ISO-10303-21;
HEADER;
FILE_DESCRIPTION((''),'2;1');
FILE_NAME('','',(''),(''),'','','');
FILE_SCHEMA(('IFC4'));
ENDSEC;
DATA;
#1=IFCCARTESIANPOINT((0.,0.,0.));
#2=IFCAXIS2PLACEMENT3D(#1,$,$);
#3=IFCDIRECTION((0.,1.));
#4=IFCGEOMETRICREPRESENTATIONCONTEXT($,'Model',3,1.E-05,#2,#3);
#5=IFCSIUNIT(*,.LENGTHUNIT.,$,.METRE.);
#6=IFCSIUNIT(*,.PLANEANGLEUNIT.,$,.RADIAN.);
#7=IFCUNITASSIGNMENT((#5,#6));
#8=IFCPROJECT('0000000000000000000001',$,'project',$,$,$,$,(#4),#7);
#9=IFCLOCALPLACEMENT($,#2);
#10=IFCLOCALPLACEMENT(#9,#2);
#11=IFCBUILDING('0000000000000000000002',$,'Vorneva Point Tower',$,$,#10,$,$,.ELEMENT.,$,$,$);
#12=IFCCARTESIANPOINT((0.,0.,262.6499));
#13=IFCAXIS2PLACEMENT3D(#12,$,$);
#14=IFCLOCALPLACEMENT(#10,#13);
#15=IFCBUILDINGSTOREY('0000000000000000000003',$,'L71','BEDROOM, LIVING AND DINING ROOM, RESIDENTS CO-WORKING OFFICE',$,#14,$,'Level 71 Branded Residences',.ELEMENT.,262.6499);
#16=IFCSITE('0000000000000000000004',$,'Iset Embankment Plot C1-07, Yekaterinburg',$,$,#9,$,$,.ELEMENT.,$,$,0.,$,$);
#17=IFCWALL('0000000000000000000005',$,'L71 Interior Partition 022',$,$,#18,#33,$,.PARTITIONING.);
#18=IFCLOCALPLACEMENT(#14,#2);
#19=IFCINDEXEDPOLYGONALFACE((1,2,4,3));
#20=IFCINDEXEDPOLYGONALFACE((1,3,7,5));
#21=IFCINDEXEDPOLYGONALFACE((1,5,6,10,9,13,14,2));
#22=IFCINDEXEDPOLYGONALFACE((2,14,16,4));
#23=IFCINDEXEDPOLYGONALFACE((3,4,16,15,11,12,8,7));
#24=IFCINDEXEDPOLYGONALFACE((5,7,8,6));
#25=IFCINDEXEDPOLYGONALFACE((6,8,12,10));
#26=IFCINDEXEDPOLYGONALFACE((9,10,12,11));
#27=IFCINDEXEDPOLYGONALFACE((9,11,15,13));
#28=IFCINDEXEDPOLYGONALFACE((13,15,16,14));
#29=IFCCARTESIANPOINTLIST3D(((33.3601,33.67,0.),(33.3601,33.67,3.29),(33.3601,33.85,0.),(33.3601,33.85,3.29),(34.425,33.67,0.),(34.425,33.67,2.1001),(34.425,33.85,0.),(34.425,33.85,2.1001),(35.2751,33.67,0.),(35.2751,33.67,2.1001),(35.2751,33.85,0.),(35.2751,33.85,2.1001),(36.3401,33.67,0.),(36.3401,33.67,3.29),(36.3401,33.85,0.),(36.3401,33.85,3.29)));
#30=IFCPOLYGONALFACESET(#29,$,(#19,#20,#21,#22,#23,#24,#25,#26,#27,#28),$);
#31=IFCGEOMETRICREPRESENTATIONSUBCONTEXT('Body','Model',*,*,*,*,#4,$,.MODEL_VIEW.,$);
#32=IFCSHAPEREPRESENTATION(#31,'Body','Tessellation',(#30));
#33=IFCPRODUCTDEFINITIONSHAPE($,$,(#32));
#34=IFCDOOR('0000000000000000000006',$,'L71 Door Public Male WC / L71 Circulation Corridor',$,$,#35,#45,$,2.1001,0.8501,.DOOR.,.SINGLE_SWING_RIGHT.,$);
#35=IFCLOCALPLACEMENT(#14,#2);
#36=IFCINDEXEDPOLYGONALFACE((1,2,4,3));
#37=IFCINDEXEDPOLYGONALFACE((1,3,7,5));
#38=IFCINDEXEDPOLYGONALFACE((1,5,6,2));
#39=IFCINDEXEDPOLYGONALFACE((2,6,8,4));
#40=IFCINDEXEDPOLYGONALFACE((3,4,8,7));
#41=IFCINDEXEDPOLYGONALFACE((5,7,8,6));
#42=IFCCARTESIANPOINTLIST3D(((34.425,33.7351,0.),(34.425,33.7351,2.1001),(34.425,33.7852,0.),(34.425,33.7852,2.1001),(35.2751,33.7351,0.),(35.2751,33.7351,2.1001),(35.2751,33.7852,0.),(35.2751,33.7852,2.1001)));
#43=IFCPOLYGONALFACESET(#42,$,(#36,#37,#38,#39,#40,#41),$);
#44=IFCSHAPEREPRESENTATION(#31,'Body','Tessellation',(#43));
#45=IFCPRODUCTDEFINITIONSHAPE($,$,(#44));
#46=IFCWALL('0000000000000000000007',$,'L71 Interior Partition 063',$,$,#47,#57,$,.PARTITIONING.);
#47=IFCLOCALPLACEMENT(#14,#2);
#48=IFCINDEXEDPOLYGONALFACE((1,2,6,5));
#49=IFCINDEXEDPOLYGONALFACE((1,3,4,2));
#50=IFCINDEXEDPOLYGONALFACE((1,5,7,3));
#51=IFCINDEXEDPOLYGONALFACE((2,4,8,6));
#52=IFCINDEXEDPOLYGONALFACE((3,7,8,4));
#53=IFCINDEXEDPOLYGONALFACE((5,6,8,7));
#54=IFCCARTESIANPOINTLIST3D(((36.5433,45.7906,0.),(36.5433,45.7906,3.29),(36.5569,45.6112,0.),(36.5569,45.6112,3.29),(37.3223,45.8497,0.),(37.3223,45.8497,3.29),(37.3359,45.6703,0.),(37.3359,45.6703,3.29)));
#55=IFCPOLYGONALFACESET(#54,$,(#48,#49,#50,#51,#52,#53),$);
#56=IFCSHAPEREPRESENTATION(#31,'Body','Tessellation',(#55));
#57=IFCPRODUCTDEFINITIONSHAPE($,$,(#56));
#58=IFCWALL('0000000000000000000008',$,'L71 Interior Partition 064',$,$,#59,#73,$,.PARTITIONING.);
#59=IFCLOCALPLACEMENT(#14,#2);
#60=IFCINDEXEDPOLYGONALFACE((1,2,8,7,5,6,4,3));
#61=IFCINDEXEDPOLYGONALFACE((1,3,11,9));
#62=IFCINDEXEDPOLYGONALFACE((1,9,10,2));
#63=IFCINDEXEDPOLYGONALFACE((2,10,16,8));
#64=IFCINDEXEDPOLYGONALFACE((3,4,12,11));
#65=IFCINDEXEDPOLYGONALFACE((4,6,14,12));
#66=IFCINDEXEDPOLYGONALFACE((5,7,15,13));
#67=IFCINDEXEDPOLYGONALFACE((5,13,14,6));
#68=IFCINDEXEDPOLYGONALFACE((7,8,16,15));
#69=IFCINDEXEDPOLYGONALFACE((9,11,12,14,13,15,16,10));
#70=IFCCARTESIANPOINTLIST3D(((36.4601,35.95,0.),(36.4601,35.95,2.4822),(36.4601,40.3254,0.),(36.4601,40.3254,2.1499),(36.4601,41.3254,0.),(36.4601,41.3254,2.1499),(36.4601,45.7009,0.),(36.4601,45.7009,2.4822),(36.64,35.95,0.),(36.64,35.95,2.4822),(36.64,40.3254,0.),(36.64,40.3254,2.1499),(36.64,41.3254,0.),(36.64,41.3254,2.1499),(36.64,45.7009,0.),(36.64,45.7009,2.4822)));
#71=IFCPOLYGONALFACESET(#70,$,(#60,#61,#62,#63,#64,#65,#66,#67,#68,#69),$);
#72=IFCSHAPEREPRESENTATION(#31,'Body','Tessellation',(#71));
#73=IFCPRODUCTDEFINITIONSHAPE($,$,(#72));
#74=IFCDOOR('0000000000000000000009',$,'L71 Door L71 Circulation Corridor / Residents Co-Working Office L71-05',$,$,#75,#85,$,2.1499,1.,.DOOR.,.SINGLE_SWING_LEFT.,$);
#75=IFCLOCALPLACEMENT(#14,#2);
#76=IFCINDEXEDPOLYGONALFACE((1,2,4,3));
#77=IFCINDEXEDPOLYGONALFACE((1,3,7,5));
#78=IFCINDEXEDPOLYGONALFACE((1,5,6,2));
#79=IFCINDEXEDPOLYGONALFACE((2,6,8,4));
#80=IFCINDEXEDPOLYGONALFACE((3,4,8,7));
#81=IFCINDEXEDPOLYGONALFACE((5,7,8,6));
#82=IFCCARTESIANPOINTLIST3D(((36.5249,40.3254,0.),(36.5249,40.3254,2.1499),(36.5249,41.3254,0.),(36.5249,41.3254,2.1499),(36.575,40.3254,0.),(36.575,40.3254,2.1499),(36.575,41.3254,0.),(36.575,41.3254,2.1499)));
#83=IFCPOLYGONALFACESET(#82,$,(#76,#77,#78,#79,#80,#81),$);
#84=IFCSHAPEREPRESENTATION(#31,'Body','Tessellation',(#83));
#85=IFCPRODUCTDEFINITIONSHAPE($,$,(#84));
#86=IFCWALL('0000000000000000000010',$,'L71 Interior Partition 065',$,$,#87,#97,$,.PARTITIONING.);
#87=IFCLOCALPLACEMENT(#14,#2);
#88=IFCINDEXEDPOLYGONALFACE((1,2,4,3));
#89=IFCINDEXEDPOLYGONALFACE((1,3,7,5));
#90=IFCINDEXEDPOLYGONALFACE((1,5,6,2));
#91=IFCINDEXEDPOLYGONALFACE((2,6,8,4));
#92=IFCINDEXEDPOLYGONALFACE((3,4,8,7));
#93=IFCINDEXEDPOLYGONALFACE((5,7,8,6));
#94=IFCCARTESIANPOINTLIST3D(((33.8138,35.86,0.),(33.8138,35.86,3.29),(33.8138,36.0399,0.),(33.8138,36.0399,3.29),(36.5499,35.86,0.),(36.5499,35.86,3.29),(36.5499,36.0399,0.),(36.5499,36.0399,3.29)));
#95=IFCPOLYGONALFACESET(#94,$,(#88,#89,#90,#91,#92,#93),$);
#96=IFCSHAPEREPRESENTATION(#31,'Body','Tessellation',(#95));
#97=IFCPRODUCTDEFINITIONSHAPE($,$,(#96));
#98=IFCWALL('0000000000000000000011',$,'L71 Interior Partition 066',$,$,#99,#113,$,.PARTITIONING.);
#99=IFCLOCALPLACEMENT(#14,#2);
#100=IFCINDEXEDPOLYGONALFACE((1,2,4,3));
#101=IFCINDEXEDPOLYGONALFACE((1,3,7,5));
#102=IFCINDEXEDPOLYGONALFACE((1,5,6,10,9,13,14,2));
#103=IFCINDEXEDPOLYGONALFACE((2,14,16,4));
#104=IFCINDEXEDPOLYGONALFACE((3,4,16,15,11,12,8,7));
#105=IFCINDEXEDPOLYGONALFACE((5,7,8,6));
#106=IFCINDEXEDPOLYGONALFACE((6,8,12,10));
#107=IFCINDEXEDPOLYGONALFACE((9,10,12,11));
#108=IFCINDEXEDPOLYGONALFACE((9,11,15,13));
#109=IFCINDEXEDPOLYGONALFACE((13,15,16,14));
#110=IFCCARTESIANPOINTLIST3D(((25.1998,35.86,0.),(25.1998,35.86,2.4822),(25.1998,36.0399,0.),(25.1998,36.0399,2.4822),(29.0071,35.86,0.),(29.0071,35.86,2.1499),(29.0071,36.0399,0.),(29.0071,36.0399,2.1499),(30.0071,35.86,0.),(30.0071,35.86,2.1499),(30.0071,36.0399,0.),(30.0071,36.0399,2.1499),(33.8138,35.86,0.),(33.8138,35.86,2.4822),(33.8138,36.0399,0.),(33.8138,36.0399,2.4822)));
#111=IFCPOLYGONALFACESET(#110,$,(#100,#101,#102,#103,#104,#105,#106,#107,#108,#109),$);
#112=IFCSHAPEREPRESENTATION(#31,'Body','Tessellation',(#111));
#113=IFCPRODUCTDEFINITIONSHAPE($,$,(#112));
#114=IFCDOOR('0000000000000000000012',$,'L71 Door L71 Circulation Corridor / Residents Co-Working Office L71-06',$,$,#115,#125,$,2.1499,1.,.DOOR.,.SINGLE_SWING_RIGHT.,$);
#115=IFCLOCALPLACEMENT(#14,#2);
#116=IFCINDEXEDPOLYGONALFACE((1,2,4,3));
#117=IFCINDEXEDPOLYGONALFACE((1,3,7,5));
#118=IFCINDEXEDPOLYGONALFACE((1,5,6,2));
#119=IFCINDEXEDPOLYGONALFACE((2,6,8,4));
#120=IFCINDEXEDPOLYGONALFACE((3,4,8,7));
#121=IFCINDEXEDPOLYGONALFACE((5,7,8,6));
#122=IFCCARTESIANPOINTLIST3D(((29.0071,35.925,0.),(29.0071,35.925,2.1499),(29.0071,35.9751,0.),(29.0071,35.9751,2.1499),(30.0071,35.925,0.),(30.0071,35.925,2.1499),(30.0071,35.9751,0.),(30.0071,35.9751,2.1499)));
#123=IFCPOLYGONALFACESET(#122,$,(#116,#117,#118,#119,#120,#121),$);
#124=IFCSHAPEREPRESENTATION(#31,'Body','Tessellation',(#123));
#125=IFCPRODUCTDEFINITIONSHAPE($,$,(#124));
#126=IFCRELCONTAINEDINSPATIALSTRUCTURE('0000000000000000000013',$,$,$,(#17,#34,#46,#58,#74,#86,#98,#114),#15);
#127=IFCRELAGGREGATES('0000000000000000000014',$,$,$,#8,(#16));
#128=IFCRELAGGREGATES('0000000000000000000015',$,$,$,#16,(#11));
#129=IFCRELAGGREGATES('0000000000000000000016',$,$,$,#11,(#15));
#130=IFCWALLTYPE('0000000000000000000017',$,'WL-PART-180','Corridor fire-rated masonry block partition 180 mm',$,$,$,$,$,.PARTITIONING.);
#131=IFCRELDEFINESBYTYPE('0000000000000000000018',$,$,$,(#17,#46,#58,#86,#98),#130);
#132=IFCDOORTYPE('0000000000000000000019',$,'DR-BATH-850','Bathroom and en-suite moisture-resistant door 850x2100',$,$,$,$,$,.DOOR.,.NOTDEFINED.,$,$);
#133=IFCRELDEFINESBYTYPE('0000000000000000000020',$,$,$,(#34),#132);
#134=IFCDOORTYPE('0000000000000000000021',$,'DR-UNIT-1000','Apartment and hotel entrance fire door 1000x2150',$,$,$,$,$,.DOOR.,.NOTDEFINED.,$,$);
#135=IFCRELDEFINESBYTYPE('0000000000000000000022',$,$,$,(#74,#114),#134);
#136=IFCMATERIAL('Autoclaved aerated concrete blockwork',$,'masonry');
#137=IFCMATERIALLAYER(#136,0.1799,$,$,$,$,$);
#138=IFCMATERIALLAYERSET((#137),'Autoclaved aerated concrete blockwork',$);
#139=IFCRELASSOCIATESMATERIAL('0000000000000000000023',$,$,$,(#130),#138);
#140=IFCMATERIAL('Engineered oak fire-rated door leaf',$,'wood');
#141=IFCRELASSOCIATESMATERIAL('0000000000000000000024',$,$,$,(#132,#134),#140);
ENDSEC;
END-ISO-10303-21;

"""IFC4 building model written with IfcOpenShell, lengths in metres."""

from ifc_helpers import new_model, si_unit, direction, frame, frame_2d, origin, place, context, subcontext, project, spatial, rectangle, extrude, material, layer, layer_set, type_object, element, fill, save


model = new_model("IFC4")

# Units and contexts
model_context = context("Model", 3, precision=1e-05, world=origin(), true_north=direction((0.0, 1.0)))
body_context = subcontext(model_context, "Body", "Model", "MODEL_VIEW")
ifc_project = project(units=[si_unit("LENGTHUNIT", "METRE"), si_unit("PLANEANGLEUNIT", "RADIAN")], contexts=[model_context])

# Site, building, storey
site_placement = place(None, origin())
site = spatial("IfcSite", under=ifc_project, at=site_placement, Name="Iset Embankment Plot C1-07, Yekaterinburg", CompositionType="ELEMENT", RefElevation=0.0)
building_placement = place(site_placement, origin())
building = spatial("IfcBuilding", under=site, at=building_placement, Name="Vorneva Point Tower", CompositionType="ELEMENT")
storey_placement = place(building_placement, frame((0.0, 0.0, 262.6499)))
storey = spatial("IfcBuildingStorey", under=building, at=storey_placement, Name="L71", Description="BEDROOM, LIVING AND DINING ROOM, RESIDENTS CO-WORKING OFFICE", LongName="Level 71 Branded Residences", CompositionType="ELEMENT", Elevation=262.6499)

# Shared definitions
ifc_material_1 = material(Name="Autoclaved aerated concrete blockwork", Category="masonry")
ifc_layer_1 = layer(ifc_material_1, 0.1799)
ifc_layer_set_1 = layer_set([ifc_layer_1], Name="Autoclaved aerated concrete blockwork")
wall_type_1 = type_object("IfcWallType", Name="WL-PART-180", Description="Corridor fire-rated masonry block partition 180 mm", PredefinedType="PARTITIONING", material=ifc_layer_set_1)

# Wall, opening, door
wall_1_placement = place(storey_placement, frame((36.3401, 33.76, 0.0), z_axis=(0.0, 0.0, 1.0), x_axis=(-1.0, 0.0, 0.0)))
wall_1 = element("IfcWall", 1, at=wall_1_placement, inside=storey, type_object=wall_type_1, Name="L71 Interior Partition 022", PredefinedType="PARTITIONING", context=body_context, shape_type="SweptSolid", body=[
    extrude(rectangle(XDim=2.98, YDim=0.1799, at=frame_2d((1.49, 0.0))), origin(), (0.0, 0.0, 1.0), 3.29),
])
opening_1_placement = place(wall_1_placement, frame((1.0649, 0.0, 0.0)))
opening_1 = element("IfcOpeningElement", 2, at=opening_1_placement, cuts=wall_1, PredefinedType="OPENING", context=body_context, shape_type="SweptSolid", body=[
    extrude(rectangle(XDim=0.8501, YDim=2.1001, at=frame_2d((0.425, 1.05))), frame((0.0, 0.105, 0.0), z_axis=(0.0, -1.0, 0.0), x_axis=(1.0, 0.0, 0.0)), (0.0, 0.0, 1.0), 0.2097),
])
ifc_material_2 = material(Name="Engineered oak fire-rated door leaf", Category="wood")
door_type_1 = type_object("IfcDoorType", Name="DR-BATH-850", Description="Bathroom and en-suite moisture-resistant door 850x2100", OperationType="NOTDEFINED", PredefinedType="DOOR", material=ifc_material_2)
door_1_placement = place(opening_1_placement, origin())
door_1 = element("IfcDoor", 3, at=door_1_placement, inside=storey, type_object=door_type_1, Name="L71 Door Public Male WC / L71 Circulation Corridor", OperationType="SINGLE_SWING_RIGHT", OverallHeight=2.1001, OverallWidth=0.8501, PredefinedType="DOOR", context=body_context, shape_type="SweptSolid", body=[
    extrude(rectangle(XDim=0.8501, YDim=2.1001, at=frame_2d((0.425, 1.05))), frame((0.0, 0.0249, 0.0), z_axis=(0.0, -1.0, 0.0), x_axis=(1.0, 0.0, 0.0)), (0.0, 0.0, 1.0), 0.05),
])
fill(opening_1, door_1)

# Wall
wall_2_placement = place(storey_placement, frame((37.3291, 45.76, 0.0), z_axis=(0.0, 0.0, 1.0), x_axis=(-0.997137, -0.075621, 0.0)))
element("IfcWall", 4, at=wall_2_placement, inside=storey, type_object=wall_type_1, Name="L71 Interior Partition 063", PredefinedType="PARTITIONING", context=body_context, shape_type="SweptSolid", body=[
    extrude(rectangle(XDim=0.7812, YDim=0.1799, at=frame_2d((0.3906, 0.0))), origin(), (0.0, 0.0, 1.0), 3.29),
])

# Wall, opening, door
wall_3_placement = place(storey_placement, frame((36.55, 45.7009, 0.0), z_axis=(0.0, 0.0, 1.0), x_axis=(0.0, -1.0, 0.0)))
wall_3 = element("IfcWall", 5, at=wall_3_placement, inside=storey, type_object=wall_type_1, Name="L71 Interior Partition 064", PredefinedType="PARTITIONING", context=body_context, shape_type="SweptSolid", body=[
    extrude(rectangle(XDim=9.751, YDim=0.1799, at=frame_2d((4.8755, 0.0))), origin(), (0.0, 0.0, 1.0), 2.4822),
])
opening_2_placement = place(wall_3_placement, frame((4.3755, 0.0, 0.0)))
opening_2 = element("IfcOpeningElement", 6, at=opening_2_placement, cuts=wall_3, PredefinedType="OPENING", context=body_context, shape_type="SweptSolid", body=[
    extrude(rectangle(XDim=1.0, YDim=2.1499, at=frame_2d((0.5, 1.075))), frame((0.0, 0.105, 0.0), z_axis=(0.0, -1.0, 0.0), x_axis=(1.0, 0.0, 0.0)), (0.0, 0.0, 1.0), 0.2097),
])
door_type_2 = type_object("IfcDoorType", Name="DR-UNIT-1000", Description="Apartment and hotel entrance fire door 1000x2150", OperationType="NOTDEFINED", PredefinedType="DOOR", material=ifc_material_2)
door_2_placement = place(opening_2_placement, origin())
door_2 = element("IfcDoor", 7, at=door_2_placement, inside=storey, type_object=door_type_2, Name="L71 Door L71 Circulation Corridor / Residents Co-Working Office L71-05", OperationType="SINGLE_SWING_LEFT", OverallHeight=2.1499, OverallWidth=1.0, PredefinedType="DOOR", context=body_context, shape_type="SweptSolid", body=[
    extrude(rectangle(XDim=1.0, YDim=2.1499, at=frame_2d((0.5, 1.075))), frame((0.0, 0.0249, 0.0), z_axis=(0.0, -1.0, 0.0), x_axis=(1.0, 0.0, 0.0)), (0.0, 0.0, 1.0), 0.05),
])
fill(opening_2, door_2)

# Wall
wall_4_placement = place(storey_placement, frame((36.55, 35.95, 0.0), z_axis=(0.0, 0.0, 1.0), x_axis=(-1.0, 0.0, 0.0)))
element("IfcWall", 8, at=wall_4_placement, inside=storey, type_object=wall_type_1, Name="L71 Interior Partition 065", PredefinedType="PARTITIONING", context=body_context, shape_type="SweptSolid", body=[
    extrude(rectangle(XDim=2.7361, YDim=0.1799, at=frame_2d((1.3682, 0.0))), origin(), (0.0, 0.0, 1.0), 3.29),
])

# Wall, opening, door
wall_5_placement = place(storey_placement, frame((33.814, 35.95, 0.0), z_axis=(0.0, 0.0, 1.0), x_axis=(-1.0, 0.0, 0.0)))
wall_5 = element("IfcWall", 9, at=wall_5_placement, inside=storey, type_object=wall_type_1, Name="L71 Interior Partition 066", PredefinedType="PARTITIONING", context=body_context, shape_type="SweptSolid", body=[
    extrude(rectangle(XDim=8.614, YDim=0.1799, at=frame_2d((4.3071, 0.0))), origin(), (0.0, 0.0, 1.0), 2.4822),
])
opening_3_placement = place(wall_5_placement, frame((3.8069, 0.0, 0.0)))
opening_3 = element("IfcOpeningElement", 10, at=opening_3_placement, cuts=wall_5, PredefinedType="OPENING", context=body_context, shape_type="SweptSolid", body=[
    extrude(rectangle(XDim=1.0, YDim=2.1499, at=frame_2d((0.5, 1.075))), frame((0.0, 0.105, 0.0), z_axis=(0.0, -1.0, 0.0), x_axis=(1.0, 0.0, 0.0)), (0.0, 0.0, 1.0), 0.2097),
])
door_3_placement = place(opening_3_placement, origin())
door_3 = element("IfcDoor", 11, at=door_3_placement, inside=storey, type_object=door_type_2, Name="L71 Door L71 Circulation Corridor / Residents Co-Working Office L71-06", OperationType="SINGLE_SWING_RIGHT", OverallHeight=2.1499, OverallWidth=1.0, PredefinedType="DOOR", context=body_context, shape_type="SweptSolid", body=[
    extrude(rectangle(XDim=1.0, YDim=2.1499, at=frame_2d((0.5, 1.075))), frame((0.0, 0.0249, 0.0), z_axis=(0.0, -1.0, 0.0), x_axis=(1.0, 0.0, 0.0)), (0.0, 0.0, 1.0), 0.05),
])
fill(opening_3, door_3)

save(model, "model.ifc")
